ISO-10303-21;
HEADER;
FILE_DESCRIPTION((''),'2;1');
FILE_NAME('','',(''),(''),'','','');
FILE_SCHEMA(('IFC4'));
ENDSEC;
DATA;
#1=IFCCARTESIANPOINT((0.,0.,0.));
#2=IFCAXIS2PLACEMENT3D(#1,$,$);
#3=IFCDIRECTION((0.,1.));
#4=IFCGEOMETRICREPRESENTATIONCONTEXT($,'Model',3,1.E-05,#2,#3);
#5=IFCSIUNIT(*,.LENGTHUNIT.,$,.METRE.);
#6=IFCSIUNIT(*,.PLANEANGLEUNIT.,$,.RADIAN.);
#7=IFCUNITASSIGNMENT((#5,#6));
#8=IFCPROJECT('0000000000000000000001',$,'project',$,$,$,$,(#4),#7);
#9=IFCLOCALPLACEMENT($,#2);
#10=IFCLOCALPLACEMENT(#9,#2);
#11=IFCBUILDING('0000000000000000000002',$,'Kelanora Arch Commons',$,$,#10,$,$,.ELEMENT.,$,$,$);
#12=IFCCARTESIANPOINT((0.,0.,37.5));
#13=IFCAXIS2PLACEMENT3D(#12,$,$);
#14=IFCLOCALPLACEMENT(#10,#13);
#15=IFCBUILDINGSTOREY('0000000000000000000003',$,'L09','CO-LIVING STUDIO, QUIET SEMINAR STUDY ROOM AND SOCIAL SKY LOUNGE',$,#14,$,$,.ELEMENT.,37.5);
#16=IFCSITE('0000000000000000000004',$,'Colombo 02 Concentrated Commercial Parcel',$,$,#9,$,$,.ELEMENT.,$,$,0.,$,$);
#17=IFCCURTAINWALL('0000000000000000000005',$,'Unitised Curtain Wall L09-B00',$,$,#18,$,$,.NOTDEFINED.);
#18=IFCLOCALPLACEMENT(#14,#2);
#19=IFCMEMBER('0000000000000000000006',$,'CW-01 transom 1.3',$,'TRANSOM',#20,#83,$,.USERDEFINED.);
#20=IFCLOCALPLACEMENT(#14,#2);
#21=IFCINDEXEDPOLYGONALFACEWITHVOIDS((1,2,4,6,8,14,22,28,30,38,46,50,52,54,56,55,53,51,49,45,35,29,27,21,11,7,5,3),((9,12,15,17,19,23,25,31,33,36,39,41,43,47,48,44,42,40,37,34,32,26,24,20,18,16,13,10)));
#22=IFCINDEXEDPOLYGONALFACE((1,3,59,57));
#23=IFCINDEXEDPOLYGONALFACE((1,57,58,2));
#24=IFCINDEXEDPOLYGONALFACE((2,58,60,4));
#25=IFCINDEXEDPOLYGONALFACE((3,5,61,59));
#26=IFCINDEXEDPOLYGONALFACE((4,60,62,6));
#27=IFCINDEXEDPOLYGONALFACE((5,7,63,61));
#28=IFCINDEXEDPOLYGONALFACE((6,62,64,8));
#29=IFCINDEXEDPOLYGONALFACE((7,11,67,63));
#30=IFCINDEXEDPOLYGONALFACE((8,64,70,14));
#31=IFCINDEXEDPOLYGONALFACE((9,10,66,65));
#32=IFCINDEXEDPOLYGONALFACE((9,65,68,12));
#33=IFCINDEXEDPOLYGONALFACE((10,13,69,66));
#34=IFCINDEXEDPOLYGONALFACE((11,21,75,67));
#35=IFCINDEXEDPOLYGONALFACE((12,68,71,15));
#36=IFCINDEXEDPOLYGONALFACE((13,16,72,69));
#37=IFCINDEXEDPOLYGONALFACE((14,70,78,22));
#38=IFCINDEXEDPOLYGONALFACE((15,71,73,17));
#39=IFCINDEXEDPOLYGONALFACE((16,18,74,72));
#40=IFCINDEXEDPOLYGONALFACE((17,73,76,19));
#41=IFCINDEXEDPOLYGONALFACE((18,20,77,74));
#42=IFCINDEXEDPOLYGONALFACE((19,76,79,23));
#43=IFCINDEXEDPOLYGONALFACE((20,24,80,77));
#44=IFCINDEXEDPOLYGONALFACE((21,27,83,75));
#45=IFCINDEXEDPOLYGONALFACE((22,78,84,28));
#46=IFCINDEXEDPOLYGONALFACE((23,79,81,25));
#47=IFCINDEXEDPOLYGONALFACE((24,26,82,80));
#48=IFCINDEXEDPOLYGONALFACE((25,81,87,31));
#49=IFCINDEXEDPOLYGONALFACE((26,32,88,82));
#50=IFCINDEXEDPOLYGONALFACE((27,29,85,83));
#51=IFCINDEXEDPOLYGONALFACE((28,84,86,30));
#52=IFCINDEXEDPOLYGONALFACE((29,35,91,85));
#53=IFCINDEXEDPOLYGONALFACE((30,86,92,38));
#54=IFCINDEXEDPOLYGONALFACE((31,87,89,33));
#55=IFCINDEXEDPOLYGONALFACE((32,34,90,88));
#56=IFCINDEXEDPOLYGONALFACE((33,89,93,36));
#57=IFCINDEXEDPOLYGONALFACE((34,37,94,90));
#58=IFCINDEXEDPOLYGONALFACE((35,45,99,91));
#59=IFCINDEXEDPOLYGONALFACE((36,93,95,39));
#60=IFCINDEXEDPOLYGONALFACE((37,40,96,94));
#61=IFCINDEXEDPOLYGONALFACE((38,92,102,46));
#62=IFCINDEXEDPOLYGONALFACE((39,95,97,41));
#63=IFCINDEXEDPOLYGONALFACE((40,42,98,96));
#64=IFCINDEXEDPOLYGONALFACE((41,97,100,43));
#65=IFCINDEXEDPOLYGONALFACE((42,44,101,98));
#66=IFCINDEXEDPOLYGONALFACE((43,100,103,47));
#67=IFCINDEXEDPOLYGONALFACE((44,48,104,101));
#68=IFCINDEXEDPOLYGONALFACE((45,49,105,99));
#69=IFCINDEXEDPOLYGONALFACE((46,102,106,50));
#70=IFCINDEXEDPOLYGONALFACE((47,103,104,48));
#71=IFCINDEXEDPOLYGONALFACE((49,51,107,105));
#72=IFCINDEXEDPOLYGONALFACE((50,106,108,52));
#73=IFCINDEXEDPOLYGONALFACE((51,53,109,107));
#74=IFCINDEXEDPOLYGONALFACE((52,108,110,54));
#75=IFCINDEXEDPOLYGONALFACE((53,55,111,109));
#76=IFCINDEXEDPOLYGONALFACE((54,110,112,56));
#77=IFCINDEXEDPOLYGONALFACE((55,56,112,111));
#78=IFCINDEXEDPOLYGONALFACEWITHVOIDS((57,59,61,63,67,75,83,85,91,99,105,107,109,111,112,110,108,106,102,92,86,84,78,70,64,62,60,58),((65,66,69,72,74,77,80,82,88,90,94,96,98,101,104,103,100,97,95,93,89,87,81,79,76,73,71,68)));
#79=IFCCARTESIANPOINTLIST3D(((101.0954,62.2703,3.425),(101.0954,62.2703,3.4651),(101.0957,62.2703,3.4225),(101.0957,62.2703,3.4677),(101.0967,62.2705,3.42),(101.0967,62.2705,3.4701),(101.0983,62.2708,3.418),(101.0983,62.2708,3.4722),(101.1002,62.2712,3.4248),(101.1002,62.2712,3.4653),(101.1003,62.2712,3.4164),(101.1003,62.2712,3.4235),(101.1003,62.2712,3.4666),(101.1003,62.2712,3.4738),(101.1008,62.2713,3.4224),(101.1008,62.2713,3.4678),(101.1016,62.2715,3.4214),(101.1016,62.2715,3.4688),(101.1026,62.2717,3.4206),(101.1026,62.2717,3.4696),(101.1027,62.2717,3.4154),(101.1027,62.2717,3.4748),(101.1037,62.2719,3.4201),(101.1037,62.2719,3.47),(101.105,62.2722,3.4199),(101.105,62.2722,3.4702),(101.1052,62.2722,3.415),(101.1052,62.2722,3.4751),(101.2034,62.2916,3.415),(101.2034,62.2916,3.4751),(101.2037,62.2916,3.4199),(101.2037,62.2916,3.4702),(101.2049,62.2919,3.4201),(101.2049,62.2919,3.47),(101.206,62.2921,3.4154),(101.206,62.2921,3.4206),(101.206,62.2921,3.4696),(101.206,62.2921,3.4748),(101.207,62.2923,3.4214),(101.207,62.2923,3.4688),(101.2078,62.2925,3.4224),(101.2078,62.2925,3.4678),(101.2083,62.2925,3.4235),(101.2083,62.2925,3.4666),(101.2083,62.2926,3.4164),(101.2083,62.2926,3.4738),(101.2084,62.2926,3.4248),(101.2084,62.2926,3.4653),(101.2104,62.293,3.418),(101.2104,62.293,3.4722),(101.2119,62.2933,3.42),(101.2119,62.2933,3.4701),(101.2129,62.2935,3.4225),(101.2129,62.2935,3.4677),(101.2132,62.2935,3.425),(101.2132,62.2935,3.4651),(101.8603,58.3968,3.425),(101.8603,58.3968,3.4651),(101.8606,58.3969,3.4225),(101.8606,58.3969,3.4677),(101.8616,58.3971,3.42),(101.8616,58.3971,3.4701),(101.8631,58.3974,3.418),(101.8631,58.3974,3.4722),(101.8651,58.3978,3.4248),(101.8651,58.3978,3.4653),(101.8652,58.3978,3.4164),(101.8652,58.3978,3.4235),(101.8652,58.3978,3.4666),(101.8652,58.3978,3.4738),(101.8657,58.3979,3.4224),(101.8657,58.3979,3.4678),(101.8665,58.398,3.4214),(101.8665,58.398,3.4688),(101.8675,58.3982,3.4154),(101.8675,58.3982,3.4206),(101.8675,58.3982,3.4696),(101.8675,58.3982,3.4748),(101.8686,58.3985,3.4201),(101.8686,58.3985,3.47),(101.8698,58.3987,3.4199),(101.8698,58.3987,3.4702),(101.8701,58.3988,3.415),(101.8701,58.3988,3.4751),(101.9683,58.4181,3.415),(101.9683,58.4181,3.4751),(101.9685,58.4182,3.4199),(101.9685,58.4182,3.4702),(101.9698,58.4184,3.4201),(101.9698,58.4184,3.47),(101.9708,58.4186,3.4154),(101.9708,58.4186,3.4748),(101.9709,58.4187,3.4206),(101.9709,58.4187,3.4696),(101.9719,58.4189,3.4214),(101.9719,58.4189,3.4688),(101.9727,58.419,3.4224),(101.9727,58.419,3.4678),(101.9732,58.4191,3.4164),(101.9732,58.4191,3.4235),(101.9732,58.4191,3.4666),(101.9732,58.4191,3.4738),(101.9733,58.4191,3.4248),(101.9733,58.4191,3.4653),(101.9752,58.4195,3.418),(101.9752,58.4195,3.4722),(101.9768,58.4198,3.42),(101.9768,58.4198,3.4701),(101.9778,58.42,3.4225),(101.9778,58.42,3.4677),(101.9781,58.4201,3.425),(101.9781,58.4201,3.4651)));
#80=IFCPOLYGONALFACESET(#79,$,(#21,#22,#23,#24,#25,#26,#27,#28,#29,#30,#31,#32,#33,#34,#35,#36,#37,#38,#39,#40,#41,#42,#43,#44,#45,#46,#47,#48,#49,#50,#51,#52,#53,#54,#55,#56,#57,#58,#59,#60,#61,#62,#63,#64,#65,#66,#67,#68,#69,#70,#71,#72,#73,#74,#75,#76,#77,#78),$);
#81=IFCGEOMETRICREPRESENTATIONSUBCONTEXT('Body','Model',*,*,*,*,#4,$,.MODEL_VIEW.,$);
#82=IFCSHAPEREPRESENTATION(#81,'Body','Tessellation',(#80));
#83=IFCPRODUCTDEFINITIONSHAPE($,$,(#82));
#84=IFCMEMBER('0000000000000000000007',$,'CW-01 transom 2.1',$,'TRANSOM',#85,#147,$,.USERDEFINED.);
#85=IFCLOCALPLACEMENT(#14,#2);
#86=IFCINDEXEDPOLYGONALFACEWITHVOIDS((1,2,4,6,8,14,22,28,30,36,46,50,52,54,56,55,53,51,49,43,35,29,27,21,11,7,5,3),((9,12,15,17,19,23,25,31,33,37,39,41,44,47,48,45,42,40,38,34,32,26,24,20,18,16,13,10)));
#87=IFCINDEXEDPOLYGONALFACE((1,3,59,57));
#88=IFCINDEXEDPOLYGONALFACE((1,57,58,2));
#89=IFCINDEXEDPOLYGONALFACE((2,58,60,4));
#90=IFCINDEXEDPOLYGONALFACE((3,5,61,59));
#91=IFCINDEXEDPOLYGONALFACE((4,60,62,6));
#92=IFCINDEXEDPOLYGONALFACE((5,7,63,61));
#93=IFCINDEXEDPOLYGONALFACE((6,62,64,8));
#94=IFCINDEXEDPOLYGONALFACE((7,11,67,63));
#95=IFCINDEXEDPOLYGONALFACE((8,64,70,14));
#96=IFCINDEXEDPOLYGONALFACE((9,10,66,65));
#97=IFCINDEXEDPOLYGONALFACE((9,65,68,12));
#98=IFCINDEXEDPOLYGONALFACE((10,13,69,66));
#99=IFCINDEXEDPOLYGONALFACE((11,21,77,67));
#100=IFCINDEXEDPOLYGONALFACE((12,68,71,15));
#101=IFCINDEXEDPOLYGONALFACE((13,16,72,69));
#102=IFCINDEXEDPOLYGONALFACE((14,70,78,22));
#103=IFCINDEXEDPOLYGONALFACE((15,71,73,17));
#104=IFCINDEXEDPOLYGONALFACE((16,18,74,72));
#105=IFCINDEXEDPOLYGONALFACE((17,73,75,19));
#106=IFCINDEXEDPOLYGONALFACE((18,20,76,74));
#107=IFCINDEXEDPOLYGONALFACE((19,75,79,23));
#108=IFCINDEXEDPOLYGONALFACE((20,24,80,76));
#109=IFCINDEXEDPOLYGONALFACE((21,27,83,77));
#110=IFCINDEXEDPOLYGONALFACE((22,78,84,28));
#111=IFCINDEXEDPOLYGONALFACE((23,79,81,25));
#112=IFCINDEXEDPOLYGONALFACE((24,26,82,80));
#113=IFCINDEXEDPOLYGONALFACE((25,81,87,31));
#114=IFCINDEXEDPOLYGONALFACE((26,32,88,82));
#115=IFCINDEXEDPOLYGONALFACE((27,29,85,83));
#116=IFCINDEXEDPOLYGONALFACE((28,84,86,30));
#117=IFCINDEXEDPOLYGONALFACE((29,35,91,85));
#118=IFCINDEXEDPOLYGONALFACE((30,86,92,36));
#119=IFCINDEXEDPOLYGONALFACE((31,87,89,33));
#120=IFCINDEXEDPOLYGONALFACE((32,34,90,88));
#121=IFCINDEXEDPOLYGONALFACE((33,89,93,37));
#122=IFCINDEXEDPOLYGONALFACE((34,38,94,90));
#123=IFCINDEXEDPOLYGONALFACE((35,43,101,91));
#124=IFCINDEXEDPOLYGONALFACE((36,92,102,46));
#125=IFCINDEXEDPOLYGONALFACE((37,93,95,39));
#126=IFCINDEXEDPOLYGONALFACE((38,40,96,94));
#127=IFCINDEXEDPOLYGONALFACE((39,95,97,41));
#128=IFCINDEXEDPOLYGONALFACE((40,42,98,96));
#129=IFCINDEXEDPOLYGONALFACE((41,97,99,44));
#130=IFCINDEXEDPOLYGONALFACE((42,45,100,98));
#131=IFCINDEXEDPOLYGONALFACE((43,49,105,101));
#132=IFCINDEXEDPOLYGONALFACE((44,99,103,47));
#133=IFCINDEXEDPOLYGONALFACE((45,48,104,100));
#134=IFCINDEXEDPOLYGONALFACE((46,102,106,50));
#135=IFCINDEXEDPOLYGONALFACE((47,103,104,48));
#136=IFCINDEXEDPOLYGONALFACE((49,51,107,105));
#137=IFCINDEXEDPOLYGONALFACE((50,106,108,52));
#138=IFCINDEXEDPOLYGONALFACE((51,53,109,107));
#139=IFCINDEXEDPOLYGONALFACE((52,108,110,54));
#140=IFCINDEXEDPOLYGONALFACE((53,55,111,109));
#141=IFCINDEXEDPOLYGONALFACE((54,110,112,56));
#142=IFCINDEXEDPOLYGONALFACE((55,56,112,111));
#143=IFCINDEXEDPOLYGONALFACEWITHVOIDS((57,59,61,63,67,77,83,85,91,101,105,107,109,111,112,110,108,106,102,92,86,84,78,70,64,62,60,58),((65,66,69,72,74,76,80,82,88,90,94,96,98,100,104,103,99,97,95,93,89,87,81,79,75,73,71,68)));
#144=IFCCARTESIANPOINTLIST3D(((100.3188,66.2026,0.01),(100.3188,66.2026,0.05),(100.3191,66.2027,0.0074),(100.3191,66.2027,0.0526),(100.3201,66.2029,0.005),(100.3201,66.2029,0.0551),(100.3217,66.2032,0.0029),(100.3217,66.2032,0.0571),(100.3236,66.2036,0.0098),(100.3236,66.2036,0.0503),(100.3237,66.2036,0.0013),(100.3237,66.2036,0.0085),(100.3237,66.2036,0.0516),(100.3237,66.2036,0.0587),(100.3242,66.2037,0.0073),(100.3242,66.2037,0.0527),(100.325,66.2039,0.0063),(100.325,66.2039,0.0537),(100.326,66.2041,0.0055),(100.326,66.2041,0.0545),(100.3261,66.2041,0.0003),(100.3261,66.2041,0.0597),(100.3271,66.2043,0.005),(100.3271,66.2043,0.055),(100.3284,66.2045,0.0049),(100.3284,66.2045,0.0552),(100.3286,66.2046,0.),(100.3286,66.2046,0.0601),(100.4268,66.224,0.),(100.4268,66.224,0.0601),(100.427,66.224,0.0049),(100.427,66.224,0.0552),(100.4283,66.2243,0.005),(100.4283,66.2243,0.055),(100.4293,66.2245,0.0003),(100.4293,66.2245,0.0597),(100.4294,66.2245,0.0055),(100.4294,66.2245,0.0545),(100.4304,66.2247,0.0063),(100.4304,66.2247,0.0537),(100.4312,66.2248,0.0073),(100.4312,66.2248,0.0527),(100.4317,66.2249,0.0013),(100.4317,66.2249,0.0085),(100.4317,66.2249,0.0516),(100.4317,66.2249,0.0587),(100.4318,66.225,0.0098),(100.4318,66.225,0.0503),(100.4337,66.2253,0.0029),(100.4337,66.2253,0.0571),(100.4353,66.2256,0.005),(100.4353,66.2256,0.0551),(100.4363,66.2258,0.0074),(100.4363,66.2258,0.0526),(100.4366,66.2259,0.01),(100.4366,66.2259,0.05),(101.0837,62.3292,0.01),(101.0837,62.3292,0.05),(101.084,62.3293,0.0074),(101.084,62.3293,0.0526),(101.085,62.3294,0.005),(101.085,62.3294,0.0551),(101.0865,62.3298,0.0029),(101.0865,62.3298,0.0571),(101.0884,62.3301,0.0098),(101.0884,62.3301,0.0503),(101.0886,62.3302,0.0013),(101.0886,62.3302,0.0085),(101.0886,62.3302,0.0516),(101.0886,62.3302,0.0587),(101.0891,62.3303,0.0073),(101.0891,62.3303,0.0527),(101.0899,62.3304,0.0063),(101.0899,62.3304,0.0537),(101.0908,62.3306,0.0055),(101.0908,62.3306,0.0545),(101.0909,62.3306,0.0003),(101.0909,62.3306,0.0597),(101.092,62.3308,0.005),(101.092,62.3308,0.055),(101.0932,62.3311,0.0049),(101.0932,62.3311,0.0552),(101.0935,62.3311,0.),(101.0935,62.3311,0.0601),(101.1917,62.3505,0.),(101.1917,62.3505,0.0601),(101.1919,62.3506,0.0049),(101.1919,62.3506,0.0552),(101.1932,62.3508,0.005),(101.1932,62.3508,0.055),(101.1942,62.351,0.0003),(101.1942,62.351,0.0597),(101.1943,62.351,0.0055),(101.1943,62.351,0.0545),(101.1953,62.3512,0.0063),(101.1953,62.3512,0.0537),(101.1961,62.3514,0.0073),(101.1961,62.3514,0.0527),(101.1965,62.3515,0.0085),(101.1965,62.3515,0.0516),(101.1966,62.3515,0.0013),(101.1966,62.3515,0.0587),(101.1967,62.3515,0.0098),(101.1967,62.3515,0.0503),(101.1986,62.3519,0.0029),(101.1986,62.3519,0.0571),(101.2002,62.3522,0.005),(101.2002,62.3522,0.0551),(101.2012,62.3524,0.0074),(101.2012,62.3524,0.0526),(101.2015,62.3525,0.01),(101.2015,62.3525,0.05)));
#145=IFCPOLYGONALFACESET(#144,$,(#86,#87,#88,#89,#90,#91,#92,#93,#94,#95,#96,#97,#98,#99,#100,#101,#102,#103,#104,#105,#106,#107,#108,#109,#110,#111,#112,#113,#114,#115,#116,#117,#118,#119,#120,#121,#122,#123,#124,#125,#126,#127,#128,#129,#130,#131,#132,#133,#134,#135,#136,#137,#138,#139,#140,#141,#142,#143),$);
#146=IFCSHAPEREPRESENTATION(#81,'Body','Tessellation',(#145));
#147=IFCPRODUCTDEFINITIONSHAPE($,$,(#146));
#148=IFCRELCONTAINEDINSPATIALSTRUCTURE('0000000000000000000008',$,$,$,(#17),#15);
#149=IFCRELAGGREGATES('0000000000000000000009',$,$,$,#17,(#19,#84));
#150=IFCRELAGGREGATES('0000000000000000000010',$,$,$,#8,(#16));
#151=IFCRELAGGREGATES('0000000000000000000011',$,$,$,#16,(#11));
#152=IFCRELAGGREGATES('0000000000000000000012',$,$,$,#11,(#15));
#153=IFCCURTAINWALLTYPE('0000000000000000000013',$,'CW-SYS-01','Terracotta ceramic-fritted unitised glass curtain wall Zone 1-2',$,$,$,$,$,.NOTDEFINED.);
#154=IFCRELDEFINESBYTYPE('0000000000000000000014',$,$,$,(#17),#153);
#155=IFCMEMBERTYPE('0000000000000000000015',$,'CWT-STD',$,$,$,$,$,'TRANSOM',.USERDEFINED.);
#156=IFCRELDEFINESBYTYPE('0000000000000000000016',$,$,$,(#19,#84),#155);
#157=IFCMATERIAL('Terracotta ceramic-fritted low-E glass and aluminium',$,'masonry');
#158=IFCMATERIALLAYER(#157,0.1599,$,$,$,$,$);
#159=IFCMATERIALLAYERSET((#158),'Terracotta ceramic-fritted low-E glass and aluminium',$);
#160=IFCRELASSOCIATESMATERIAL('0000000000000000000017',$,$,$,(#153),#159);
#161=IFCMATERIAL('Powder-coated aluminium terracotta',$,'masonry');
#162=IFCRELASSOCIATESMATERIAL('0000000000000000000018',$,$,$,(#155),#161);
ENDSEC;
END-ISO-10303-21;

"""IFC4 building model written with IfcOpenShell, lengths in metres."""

from ifc_helpers import new_model, si_unit, direction, frame, origin, origin_2d, place, context, subcontext, project, spatial, hollow_rectangle, extrude, material, layer, layer_set, material_profile, profile_set, type_object, element, aggregate, save


model = new_model("IFC4")

# Units and contexts
model_context = context("Model", 3, precision=1e-05, world=origin(), true_north=direction((0.0, 1.0)))
body_context = subcontext(model_context, "Body", "Model", "MODEL_VIEW")
ifc_project = project(units=[si_unit("LENGTHUNIT", "METRE"), si_unit("PLANEANGLEUNIT", "RADIAN")], contexts=[model_context])

# Site, building, storey
site_placement = place(None, origin())
site = spatial("IfcSite", under=ifc_project, at=site_placement, Name="Colombo 02 Concentrated Commercial Parcel", CompositionType="ELEMENT", RefElevation=0.0)
building_placement = place(site_placement, origin())
building = spatial("IfcBuilding", under=site, at=building_placement, Name="Kelanora Arch Commons", CompositionType="ELEMENT")
storey_placement = place(building_placement, frame((0.0, 0.0, 37.5)))
storey = spatial("IfcBuildingStorey", under=building, at=storey_placement, Name="L09", Description="CO-LIVING STUDIO, QUIET SEMINAR STUDY ROOM AND SOCIAL SKY LOUNGE", CompositionType="ELEMENT", Elevation=37.5)

# Curtain wall, members
ifc_material_1 = material(Name="Terracotta ceramic-fritted low-E glass and aluminium", Category="masonry")
ifc_layer_1 = layer(ifc_material_1, 0.1599)
ifc_layer_set_1 = layer_set([ifc_layer_1], Name="Terracotta ceramic-fritted low-E glass and aluminium")
curtain_wall_type = type_object("IfcCurtainWallType", Name="CW-SYS-01", Description="Terracotta ceramic-fritted unitised glass curtain wall Zone 1-2", PredefinedType="NOTDEFINED", material=ifc_layer_set_1)
curtain_wall_placement = place(storey_placement, origin())
curtain_wall = element("IfcCurtainWall", 1, at=curtain_wall_placement, inside=storey, type_object=curtain_wall_type, Name="Unitised Curtain Wall L09-B00", PredefinedType="NOTDEFINED")
ifc_material_2 = material(Name="Powder-coated aluminium terracotta", Category="masonry")
ifc_material_profile_1 = material_profile(ifc_material_2, hollow_rectangle(XDim=0.1201, YDim=0.0601, WallThickness=0.0049, InnerFilletRadius=0.0049, OuterFilletRadius=0.01, at=origin_2d()), Name="CWT120x60")
ifc_profile_set_1 = profile_set([ifc_material_profile_1], Name="Powder-coated aluminium terracotta")
member_type_1 = type_object("IfcMemberType", Name="CWT-STD", ElementType="TRANSOM", PredefinedType="USERDEFINED", material=ifc_profile_set_1)
member_1_placement = place(storey_placement, frame((101.9192, 58.4084, 3.4451), z_axis=(-0.193725, 0.981056, 0.0), x_axis=(-0.981056, -0.193725, 0.0)))
member_1 = element("IfcMember", 2, at=member_1_placement, type_object=member_type_1, Name="CW-01 transom 1.3", ObjectType="TRANSOM", PredefinedType="USERDEFINED", context=body_context, shape_type="SweptSolid", body=[
    extrude(hollow_rectangle(XDim=0.1201, YDim=0.0601, WallThickness=0.0049, InnerFilletRadius=0.0049, OuterFilletRadius=0.01, at=origin_2d()), origin(), (0.0, 0.0, 1.0), 3.9482),
])
member_2_placement = place(storey_placement, frame((101.1426, 62.3408, 0.03), z_axis=(-0.193725, 0.981056, 0.0), x_axis=(-0.981056, -0.193725, 0.0)))
member_2 = element("IfcMember", 3, at=member_2_placement, type_object=member_type_1, Name="CW-01 transom 2.1", ObjectType="TRANSOM", PredefinedType="USERDEFINED", context=body_context, shape_type="SweptSolid", body=[
    extrude(hollow_rectangle(XDim=0.1201, YDim=0.0601, WallThickness=0.0049, InnerFilletRadius=0.0049, OuterFilletRadius=0.01, at=origin_2d()), origin(), (0.0, 0.0, 1.0), 3.9482),
])
aggregate(curtain_wall, [member_1, member_2])

save(model, "model.ifc")
